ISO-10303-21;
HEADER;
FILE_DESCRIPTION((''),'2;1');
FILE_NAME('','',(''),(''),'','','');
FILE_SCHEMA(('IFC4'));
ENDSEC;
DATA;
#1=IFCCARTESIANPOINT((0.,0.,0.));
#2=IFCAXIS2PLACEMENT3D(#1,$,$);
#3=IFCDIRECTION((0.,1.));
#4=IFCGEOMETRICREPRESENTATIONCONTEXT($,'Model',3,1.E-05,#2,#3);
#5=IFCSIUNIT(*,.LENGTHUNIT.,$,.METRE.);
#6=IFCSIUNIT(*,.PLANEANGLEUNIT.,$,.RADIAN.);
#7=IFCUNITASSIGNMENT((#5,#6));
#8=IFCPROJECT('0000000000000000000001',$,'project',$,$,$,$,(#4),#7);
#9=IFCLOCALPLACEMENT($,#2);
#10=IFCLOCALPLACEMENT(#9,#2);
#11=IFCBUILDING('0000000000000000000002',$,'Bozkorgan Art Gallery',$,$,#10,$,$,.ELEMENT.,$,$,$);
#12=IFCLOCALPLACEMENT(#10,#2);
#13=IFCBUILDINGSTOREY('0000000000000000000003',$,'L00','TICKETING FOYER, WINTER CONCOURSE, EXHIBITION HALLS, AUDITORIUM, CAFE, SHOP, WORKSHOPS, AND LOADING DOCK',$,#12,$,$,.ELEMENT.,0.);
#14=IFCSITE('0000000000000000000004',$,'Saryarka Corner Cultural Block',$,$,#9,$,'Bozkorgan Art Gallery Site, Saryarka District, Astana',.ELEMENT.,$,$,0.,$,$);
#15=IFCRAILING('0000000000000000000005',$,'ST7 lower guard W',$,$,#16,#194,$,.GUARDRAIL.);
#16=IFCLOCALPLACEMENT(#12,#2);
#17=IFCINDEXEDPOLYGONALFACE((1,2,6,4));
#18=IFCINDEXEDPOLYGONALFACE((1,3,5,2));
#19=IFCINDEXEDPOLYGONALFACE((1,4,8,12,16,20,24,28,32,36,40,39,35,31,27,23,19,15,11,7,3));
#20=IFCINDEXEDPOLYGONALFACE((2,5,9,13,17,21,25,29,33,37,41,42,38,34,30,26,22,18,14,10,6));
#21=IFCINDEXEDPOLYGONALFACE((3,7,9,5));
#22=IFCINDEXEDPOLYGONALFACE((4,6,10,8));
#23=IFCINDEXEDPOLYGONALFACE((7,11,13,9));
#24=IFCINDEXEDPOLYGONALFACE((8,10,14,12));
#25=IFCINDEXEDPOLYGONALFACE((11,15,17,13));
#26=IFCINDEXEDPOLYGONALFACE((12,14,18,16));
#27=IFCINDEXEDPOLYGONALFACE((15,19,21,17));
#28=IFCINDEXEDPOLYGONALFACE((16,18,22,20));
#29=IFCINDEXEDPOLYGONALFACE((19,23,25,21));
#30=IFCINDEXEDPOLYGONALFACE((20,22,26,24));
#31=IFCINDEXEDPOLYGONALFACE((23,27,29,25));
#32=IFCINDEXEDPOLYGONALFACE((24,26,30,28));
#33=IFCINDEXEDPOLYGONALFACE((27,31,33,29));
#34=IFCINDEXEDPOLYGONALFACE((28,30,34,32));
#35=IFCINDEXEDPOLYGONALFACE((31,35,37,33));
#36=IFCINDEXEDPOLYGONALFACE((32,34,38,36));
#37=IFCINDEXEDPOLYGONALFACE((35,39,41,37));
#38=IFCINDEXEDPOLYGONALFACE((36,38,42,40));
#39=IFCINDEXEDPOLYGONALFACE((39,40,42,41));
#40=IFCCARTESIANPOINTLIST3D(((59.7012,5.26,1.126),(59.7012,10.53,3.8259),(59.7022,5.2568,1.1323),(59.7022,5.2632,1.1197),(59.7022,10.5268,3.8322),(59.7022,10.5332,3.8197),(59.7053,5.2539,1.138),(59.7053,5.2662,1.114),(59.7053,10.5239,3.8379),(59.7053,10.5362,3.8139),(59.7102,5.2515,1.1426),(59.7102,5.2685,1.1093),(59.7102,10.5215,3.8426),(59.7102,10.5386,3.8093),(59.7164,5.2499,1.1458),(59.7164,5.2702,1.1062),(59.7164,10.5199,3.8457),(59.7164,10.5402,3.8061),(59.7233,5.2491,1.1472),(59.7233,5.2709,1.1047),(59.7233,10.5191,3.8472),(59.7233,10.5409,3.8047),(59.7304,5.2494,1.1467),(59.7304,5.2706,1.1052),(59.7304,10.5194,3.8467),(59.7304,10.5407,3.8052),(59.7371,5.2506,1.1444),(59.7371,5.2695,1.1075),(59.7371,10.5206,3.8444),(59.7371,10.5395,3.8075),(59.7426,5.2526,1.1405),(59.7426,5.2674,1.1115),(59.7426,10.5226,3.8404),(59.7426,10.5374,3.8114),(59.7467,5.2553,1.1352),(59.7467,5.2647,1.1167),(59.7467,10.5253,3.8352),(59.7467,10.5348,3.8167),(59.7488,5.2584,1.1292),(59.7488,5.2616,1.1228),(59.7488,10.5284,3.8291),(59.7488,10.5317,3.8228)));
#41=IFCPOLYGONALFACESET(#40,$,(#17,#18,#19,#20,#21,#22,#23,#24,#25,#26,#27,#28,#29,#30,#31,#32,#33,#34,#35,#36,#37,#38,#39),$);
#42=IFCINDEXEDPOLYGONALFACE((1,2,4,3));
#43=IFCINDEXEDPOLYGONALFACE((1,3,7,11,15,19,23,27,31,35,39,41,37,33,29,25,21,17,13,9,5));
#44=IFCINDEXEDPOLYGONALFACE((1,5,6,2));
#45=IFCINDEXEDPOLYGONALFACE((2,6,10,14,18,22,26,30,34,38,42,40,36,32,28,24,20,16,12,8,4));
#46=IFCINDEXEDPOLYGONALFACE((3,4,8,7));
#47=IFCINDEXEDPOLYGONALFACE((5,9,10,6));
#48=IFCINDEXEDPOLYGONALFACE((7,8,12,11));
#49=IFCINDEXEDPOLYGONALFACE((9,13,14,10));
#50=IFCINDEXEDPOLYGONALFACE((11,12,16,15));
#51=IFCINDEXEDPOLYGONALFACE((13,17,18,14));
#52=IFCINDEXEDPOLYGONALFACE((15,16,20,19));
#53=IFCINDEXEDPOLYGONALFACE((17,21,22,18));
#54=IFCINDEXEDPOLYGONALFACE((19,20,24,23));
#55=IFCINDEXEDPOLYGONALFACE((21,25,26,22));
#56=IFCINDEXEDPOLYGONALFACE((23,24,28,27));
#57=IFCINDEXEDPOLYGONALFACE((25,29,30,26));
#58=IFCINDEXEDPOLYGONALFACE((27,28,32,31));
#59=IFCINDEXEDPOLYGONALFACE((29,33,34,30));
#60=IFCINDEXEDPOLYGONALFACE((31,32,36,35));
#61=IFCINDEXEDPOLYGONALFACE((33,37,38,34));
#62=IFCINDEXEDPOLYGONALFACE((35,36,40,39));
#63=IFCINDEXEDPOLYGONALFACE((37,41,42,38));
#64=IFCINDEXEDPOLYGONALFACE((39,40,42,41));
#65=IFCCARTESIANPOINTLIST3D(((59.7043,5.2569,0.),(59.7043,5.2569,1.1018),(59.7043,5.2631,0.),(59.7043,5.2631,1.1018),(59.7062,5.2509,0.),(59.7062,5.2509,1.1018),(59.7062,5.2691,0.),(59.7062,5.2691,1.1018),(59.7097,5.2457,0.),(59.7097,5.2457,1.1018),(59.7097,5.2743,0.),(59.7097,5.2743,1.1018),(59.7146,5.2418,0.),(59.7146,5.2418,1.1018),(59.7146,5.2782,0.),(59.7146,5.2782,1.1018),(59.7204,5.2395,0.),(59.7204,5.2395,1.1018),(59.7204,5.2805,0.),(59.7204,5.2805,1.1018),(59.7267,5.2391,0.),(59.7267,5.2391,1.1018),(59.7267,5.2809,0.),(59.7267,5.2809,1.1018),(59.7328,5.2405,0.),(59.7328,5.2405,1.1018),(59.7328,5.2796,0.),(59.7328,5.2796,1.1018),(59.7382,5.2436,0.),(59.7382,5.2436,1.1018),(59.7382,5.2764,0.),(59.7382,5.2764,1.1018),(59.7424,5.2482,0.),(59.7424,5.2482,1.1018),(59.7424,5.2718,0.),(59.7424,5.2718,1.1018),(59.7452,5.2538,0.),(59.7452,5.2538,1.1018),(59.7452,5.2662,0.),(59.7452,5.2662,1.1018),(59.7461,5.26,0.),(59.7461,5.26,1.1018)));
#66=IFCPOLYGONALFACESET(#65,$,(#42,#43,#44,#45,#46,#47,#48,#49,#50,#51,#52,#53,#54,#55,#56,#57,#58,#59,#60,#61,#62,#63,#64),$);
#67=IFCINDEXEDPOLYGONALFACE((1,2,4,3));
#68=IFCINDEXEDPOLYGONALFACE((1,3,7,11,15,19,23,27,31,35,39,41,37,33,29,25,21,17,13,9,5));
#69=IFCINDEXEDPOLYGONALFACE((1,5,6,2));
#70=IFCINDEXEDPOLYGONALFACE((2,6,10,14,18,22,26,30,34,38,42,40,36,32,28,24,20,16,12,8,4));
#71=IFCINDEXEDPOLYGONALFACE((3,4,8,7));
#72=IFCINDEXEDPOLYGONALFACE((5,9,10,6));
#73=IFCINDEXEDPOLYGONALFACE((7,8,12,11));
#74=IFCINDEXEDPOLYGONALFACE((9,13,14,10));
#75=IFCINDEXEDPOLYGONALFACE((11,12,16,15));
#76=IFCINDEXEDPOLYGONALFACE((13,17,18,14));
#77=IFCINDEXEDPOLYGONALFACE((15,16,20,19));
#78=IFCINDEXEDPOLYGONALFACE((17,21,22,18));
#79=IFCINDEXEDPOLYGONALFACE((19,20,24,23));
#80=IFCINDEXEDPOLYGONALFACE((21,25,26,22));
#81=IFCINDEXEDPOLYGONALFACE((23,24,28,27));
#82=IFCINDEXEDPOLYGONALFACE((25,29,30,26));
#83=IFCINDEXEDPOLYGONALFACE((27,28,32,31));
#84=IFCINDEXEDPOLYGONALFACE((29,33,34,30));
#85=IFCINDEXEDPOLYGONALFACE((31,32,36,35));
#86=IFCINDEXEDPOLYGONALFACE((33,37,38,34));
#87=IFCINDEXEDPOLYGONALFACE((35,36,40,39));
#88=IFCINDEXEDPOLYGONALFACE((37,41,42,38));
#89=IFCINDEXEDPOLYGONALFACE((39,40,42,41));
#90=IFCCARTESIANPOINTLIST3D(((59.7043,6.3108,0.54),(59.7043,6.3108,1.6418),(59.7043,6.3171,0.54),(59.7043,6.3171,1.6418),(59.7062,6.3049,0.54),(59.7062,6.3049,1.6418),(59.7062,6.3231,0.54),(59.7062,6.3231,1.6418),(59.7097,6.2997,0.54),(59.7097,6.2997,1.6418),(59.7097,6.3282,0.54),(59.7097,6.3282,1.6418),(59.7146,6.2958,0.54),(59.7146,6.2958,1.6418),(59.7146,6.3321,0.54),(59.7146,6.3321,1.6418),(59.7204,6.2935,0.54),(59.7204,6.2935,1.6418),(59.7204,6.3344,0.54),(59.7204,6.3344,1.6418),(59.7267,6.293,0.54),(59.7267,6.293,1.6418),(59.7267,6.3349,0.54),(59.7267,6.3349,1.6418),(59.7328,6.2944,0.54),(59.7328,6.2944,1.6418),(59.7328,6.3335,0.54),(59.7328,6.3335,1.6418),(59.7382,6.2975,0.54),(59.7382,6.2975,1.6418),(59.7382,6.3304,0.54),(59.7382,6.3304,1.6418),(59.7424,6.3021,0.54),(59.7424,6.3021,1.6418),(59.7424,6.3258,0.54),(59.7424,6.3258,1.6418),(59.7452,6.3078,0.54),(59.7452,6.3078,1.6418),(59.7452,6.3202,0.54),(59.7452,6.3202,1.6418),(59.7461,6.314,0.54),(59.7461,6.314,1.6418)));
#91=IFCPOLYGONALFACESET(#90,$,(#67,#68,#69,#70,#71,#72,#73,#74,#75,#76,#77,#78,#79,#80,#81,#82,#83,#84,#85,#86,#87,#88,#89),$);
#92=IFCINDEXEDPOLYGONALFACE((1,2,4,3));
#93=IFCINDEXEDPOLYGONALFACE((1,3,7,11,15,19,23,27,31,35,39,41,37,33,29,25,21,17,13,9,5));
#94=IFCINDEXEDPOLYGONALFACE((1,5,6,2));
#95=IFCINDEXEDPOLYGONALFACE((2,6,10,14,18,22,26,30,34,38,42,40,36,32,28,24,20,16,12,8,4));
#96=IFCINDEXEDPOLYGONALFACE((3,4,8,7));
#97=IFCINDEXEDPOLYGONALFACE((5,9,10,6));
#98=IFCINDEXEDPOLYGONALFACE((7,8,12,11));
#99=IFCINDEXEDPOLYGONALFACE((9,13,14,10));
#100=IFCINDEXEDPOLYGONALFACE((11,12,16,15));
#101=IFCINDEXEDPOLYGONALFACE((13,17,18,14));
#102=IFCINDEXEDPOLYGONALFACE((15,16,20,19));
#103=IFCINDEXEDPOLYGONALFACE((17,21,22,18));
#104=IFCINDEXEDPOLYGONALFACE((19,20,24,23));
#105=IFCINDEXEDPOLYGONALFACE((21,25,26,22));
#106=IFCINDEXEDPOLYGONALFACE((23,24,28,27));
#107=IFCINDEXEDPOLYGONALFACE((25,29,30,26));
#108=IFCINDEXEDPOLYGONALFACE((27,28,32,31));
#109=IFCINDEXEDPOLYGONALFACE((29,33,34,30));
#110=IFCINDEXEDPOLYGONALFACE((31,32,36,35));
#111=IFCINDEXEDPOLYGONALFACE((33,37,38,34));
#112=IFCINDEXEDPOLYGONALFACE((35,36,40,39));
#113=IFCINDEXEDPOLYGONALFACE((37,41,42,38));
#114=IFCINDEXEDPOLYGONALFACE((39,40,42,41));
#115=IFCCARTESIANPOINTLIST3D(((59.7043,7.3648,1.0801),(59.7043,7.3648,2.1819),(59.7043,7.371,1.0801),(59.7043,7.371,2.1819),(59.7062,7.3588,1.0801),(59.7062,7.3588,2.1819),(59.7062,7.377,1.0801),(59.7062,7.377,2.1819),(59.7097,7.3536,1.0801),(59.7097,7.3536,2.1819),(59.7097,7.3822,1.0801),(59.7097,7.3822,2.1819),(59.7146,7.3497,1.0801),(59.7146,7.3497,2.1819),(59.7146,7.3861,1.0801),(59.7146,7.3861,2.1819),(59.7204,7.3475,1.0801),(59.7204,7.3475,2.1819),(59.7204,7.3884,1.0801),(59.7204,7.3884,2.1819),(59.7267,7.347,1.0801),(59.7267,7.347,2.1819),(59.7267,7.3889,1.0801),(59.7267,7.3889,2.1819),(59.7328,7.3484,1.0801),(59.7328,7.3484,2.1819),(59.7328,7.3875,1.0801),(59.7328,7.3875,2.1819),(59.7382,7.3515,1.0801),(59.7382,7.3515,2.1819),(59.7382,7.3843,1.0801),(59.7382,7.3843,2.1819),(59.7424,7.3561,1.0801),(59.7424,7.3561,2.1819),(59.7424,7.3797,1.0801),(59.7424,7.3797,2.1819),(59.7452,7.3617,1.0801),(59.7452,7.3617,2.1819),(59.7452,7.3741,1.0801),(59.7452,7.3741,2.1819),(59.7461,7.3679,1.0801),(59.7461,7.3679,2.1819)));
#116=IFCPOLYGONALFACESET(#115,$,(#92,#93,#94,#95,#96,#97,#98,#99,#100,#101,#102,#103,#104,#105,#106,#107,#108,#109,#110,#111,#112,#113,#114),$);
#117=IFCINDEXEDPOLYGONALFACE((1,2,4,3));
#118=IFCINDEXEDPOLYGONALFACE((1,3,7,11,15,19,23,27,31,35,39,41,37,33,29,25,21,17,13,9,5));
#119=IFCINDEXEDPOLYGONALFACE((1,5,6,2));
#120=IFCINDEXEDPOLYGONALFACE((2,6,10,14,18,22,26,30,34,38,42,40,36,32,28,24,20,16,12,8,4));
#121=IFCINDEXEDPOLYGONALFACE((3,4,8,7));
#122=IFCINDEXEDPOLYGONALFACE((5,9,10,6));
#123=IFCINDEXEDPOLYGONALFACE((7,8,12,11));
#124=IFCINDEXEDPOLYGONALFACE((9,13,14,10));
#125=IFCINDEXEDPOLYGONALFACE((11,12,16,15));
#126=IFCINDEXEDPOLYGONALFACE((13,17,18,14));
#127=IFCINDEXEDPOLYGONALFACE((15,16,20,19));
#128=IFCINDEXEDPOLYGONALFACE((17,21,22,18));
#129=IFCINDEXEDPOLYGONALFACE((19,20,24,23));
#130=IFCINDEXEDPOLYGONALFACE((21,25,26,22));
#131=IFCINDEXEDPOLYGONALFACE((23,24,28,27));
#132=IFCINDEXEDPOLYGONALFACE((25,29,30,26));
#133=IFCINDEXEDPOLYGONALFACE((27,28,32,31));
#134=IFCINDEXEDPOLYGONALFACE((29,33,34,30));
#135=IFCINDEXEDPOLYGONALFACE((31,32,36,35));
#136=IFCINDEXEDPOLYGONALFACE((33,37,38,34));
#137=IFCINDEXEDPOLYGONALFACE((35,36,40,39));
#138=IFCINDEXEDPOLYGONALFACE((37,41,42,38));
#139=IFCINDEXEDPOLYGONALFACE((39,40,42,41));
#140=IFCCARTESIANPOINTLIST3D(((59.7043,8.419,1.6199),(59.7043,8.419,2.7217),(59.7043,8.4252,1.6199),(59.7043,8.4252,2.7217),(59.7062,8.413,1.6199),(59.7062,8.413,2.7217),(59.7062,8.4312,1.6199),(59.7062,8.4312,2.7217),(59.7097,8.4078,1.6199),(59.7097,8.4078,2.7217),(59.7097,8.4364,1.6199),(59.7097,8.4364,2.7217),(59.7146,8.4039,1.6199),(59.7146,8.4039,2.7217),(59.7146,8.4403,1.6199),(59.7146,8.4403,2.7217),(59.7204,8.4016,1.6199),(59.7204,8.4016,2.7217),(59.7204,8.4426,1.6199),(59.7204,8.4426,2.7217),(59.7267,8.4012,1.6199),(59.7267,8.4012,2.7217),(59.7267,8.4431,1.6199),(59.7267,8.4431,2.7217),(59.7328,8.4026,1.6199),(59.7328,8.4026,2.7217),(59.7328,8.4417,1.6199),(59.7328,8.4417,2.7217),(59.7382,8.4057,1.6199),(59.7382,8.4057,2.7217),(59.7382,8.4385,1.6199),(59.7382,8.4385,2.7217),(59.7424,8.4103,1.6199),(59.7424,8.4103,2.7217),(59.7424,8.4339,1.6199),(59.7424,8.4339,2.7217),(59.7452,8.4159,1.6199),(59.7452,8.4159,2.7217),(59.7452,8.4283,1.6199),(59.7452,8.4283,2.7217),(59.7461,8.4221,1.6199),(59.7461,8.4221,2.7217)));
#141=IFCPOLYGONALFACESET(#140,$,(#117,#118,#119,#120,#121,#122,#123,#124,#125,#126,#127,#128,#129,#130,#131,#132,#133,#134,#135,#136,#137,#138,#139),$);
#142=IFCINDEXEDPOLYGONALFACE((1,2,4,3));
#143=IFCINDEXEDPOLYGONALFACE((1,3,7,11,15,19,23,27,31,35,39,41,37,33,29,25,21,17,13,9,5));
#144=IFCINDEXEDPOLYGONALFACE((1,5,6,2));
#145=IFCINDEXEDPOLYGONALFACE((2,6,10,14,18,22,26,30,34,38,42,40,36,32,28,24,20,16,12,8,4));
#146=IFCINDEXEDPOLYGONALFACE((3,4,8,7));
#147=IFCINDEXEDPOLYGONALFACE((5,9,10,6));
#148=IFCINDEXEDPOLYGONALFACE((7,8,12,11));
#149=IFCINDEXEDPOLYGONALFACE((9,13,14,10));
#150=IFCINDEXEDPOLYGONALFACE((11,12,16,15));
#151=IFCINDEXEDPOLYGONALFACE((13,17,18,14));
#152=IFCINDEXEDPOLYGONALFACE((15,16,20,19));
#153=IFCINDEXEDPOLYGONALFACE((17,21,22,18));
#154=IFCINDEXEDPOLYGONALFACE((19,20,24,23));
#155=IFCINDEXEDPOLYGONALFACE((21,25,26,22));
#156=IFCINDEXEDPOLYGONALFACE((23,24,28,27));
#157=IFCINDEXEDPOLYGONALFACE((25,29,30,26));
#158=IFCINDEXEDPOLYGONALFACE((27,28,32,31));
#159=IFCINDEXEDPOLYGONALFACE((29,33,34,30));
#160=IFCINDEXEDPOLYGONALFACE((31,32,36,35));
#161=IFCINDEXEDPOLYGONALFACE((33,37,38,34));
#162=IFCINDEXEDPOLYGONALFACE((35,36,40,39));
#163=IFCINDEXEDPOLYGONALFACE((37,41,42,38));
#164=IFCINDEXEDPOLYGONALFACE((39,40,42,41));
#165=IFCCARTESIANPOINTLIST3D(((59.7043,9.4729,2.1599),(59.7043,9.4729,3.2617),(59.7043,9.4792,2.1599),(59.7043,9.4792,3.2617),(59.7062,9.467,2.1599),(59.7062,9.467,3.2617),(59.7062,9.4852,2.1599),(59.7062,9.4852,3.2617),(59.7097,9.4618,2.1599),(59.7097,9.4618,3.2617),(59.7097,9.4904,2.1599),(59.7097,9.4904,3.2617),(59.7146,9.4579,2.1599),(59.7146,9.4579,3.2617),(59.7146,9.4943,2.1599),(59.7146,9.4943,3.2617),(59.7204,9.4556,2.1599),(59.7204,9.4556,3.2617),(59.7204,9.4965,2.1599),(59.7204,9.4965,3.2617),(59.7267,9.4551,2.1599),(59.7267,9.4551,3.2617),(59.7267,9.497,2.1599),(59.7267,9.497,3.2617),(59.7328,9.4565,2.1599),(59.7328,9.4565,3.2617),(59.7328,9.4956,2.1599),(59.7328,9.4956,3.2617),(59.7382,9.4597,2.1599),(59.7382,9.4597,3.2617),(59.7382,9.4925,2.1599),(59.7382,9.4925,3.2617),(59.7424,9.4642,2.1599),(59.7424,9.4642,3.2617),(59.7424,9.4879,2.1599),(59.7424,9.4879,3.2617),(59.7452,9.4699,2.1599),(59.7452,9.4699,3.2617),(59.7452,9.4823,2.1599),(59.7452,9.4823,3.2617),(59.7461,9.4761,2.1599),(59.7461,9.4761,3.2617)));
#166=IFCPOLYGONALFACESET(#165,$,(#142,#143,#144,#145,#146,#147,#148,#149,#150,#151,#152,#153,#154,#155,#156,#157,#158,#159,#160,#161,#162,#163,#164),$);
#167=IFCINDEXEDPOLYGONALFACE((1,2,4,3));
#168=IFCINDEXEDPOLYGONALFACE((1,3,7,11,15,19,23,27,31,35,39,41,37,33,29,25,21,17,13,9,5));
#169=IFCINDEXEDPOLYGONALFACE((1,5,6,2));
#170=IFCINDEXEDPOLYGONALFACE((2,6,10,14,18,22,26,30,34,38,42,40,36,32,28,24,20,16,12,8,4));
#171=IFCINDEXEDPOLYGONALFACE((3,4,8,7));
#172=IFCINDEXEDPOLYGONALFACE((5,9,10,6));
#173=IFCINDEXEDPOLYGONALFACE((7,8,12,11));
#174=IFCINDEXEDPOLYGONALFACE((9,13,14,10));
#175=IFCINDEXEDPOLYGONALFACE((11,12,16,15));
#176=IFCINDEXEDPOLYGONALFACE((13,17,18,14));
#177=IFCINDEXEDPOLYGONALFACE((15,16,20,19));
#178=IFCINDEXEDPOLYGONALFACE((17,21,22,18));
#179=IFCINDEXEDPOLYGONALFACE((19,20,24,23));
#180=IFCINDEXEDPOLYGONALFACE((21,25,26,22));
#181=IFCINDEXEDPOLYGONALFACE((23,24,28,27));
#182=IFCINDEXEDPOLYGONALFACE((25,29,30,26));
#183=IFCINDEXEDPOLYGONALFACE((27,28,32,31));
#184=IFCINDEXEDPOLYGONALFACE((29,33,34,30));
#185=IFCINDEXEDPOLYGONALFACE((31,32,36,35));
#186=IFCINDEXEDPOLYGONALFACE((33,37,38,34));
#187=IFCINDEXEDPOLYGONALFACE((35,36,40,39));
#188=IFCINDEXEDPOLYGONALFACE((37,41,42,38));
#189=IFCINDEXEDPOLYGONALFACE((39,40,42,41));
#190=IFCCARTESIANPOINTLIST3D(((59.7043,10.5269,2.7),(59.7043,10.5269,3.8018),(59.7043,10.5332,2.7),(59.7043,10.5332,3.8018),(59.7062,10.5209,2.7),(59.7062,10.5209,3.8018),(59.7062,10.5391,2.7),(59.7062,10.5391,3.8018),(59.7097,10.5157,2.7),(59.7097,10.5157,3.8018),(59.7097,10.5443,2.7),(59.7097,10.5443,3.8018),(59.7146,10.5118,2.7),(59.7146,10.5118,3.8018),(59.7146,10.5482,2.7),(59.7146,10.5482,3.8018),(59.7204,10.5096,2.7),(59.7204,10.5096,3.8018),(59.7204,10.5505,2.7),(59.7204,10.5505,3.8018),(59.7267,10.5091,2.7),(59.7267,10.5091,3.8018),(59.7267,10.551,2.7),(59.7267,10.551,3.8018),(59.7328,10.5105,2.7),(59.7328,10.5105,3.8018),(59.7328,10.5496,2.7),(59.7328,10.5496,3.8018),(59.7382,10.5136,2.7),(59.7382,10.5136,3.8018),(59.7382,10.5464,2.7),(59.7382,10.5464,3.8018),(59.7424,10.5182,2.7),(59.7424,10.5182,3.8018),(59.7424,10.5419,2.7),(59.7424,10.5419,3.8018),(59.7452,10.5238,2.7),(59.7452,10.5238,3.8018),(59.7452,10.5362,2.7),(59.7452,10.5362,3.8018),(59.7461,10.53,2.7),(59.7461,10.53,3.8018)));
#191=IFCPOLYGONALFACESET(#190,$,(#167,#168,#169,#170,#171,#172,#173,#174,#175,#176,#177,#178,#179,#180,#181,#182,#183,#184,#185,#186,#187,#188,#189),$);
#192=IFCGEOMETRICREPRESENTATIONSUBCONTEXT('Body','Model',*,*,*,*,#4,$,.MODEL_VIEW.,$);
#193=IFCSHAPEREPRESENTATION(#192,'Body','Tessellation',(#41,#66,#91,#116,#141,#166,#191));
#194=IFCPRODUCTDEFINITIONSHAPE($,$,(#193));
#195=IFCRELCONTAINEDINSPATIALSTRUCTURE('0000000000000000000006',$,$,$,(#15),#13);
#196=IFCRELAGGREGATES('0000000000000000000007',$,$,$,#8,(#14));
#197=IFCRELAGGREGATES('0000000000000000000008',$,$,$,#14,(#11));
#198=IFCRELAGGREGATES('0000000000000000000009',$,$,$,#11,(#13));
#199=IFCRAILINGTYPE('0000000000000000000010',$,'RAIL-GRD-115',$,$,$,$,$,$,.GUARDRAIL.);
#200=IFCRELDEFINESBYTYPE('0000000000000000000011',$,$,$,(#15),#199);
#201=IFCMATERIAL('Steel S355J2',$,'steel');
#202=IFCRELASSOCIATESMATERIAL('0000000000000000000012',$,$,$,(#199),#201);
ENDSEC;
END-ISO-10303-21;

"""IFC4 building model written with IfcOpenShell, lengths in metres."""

from ifc_helpers import new_model, si_unit, direction, frame, origin, origin_2d, place, context, subcontext, project, spatial, circle, extrude, material, type_object, element, save


model = new_model("IFC4")

# Units and contexts
model_context = context("Model", 3, precision=1e-05, world=origin(), true_north=direction((0.0, 1.0)))
body_context = subcontext(model_context, "Body", "Model", "MODEL_VIEW")
ifc_project = project(units=[si_unit("LENGTHUNIT", "METRE"), si_unit("PLANEANGLEUNIT", "RADIAN")], contexts=[model_context])

# Site, building, storey
site_placement = place(None, origin())
site = spatial("IfcSite", under=ifc_project, at=site_placement, Name="Saryarka Corner Cultural Block", LongName="Bozkorgan Art Gallery Site, Saryarka District, Astana", CompositionType="ELEMENT", RefElevation=0.0)
building_placement = place(site_placement, origin())
building = spatial("IfcBuilding", under=site, at=building_placement, Name="Bozkorgan Art Gallery", CompositionType="ELEMENT")
storey_placement = place(building_placement, origin())
storey = spatial("IfcBuildingStorey", under=building, at=storey_placement, Name="L00", Description="TICKETING FOYER, WINTER CONCOURSE, EXHIBITION HALLS, AUDITORIUM, CAFE, SHOP, WORKSHOPS, AND LOADING DOCK", CompositionType="ELEMENT", Elevation=0.0)

# Shared definitions
ifc_material_1 = material(Name="Steel S355J2", Category="steel")

# Railing
railing_type = type_object("IfcRailingType", Name="RAIL-GRD-115", PredefinedType="GUARDRAIL", material=ifc_material_1)
railing_1_placement = place(storey_placement, frame((59.7251, 5.26, 0.0)))
element("IfcRailing", 1, at=railing_1_placement, inside=storey, type_object=railing_type, Name="ST7 lower guard W", PredefinedType="GUARDRAIL", context=body_context, shape_type="SweptSolid", body=[
    extrude(circle(Radius=0.0239, at=origin_2d()), frame((0.0, 0.0, 1.126), z_axis=(0.0, 0.889997, 0.455966), x_axis=(-1.0, 0.0, 0.0)), (0.0, 0.0, 1.0), 5.9214),
    extrude(circle(Radius=0.021, at=origin_2d()), origin(), (0.0, 0.0, 1.0), 1.1018),
    extrude(circle(Radius=0.021, at=origin_2d()), frame((0.0, 1.054, 0.54)), (0.0, 0.0, 1.0), 1.1018),
    extrude(circle(Radius=0.021, at=origin_2d()), frame((0.0, 2.1079, 1.0801)), (0.0, 0.0, 1.0), 1.1018),
    extrude(circle(Radius=0.021, at=origin_2d()), frame((0.0, 3.1621, 1.6199)), (0.0, 0.0, 1.0), 1.1018),
    extrude(circle(Radius=0.021, at=origin_2d()), frame((0.0, 4.2161, 2.1599)), (0.0, 0.0, 1.0), 1.1018),
    extrude(circle(Radius=0.021, at=origin_2d()), frame((0.0, 5.27, 2.7)), (0.0, 0.0, 1.0), 1.1018),
])

save(model, "model.ifc")
